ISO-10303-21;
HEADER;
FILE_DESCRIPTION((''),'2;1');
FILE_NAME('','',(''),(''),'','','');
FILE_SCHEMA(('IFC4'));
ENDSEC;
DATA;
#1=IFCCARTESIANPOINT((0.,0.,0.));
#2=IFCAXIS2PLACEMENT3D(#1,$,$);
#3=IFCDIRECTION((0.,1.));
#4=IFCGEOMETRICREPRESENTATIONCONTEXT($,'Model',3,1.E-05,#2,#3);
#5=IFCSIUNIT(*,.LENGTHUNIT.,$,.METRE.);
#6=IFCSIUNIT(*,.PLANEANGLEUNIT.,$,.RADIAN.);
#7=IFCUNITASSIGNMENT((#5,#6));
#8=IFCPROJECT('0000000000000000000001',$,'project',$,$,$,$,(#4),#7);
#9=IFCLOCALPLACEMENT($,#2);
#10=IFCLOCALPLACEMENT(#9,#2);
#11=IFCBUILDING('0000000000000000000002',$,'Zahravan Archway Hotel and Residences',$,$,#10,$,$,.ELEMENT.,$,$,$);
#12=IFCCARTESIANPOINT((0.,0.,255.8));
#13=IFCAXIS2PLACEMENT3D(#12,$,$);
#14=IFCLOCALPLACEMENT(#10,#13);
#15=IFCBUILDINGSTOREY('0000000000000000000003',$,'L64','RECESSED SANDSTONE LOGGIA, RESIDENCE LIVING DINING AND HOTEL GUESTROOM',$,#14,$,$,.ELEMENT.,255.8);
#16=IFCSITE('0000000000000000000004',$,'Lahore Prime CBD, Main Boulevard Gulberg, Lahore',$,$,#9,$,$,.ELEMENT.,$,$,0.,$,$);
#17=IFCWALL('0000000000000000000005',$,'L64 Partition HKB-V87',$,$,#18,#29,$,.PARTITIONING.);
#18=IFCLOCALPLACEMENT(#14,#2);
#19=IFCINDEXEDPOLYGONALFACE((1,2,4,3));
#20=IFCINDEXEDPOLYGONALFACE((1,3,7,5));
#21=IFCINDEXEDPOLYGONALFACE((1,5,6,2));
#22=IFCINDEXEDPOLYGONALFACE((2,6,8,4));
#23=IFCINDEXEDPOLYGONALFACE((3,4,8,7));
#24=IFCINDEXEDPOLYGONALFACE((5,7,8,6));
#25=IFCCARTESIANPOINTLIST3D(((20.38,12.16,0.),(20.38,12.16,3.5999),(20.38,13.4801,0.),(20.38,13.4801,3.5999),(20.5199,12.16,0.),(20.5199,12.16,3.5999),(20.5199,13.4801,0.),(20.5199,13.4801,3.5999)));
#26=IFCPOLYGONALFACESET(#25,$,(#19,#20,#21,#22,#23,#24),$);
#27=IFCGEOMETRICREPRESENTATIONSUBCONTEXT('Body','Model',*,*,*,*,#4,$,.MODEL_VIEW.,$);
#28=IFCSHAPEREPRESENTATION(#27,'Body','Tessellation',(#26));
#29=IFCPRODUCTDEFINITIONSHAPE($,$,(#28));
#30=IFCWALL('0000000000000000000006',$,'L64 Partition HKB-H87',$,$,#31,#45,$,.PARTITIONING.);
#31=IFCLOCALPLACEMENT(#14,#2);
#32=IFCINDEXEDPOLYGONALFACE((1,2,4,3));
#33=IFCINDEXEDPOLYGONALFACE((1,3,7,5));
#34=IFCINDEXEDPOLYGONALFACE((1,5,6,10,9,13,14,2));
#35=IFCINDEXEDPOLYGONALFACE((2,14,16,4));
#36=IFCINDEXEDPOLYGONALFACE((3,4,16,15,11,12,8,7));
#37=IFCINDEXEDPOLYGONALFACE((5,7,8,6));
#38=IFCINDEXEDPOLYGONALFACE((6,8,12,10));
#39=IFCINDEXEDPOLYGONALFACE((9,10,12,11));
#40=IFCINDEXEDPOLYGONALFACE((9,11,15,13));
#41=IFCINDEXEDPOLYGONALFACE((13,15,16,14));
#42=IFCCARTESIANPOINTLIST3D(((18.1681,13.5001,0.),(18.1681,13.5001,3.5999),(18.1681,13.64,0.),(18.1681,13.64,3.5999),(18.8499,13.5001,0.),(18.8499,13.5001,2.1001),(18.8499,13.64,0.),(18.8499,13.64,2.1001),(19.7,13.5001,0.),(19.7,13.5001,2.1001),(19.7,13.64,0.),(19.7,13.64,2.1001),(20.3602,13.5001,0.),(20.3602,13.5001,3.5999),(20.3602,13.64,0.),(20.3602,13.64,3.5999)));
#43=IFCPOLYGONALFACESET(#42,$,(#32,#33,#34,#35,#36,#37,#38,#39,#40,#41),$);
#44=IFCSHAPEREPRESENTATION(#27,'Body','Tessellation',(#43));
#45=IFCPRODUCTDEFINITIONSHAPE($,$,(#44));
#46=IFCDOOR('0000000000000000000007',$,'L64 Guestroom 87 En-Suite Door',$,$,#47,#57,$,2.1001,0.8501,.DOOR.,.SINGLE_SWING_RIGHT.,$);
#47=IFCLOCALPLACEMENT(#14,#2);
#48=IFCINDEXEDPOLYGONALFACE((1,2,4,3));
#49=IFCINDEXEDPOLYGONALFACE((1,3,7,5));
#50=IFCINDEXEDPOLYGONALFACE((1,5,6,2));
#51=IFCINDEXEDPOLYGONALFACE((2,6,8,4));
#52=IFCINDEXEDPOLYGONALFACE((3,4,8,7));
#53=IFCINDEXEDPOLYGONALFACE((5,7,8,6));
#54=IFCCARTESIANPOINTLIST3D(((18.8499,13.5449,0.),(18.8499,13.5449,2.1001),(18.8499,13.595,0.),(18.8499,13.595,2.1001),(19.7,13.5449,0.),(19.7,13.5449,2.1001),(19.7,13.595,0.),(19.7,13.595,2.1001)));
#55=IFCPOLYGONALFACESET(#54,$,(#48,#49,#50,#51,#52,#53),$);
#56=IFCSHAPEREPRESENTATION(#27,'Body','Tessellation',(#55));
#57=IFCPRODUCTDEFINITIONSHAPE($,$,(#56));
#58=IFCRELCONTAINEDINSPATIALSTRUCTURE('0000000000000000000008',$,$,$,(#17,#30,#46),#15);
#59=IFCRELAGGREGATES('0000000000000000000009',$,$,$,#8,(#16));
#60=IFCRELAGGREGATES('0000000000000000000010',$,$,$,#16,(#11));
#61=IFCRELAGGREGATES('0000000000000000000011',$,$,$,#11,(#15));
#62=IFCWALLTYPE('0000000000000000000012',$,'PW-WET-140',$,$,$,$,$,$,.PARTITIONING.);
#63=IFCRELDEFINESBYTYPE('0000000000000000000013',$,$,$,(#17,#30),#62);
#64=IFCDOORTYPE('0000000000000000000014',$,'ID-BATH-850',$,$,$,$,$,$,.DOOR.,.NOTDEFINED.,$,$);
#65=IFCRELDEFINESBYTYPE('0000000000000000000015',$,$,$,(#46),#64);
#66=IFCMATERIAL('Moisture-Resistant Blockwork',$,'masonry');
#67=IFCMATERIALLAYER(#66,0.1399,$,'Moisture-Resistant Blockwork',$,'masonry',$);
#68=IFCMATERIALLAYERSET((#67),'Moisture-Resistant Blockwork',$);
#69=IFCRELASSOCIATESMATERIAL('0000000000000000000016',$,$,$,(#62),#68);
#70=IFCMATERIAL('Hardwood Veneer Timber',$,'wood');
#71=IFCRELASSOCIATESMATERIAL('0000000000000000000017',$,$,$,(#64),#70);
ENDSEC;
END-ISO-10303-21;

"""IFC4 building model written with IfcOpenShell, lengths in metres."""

from ifc_helpers import new_model, si_unit, direction, frame, frame_2d, origin, place, context, subcontext, project, spatial, rectangle, extrude, source, transform, mapped, material, layer, layer_set, type_object, type_shapes, element, fill, save


model = new_model("IFC4")

# Units and contexts
model_context = context("Model", 3, precision=1e-05, world=origin(), true_north=direction((0.0, 1.0)))
body_context = subcontext(model_context, "Body", "Model", "MODEL_VIEW")
ifc_project = project(units=[si_unit("LENGTHUNIT", "METRE"), si_unit("PLANEANGLEUNIT", "RADIAN")], contexts=[model_context])

# Site, building, storey
site_placement = place(None, origin())
site = spatial("IfcSite", under=ifc_project, at=site_placement, Name="Lahore Prime CBD, Main Boulevard Gulberg, Lahore", CompositionType="ELEMENT", RefElevation=0.0)
building_placement = place(site_placement, origin())
building = spatial("IfcBuilding", under=site, at=building_placement, Name="Zahravan Archway Hotel and Residences", CompositionType="ELEMENT")
storey_placement = place(building_placement, frame((0.0, 0.0, 255.8)))
storey = spatial("IfcBuildingStorey", under=building, at=storey_placement, Name="L64", Description="RECESSED SANDSTONE LOGGIA, RESIDENCE LIVING DINING AND HOTEL GUESTROOM", CompositionType="ELEMENT", Elevation=255.8)

# Wall
ifc_material_1 = material(Name="Moisture-Resistant Blockwork", Category="masonry")
ifc_layer_1 = layer(ifc_material_1, 0.1399, Name="Moisture-Resistant Blockwork", Category="masonry")
ifc_layer_set_1 = layer_set([ifc_layer_1], Name="Moisture-Resistant Blockwork")
wall_type_1 = type_object("IfcWallType", Name="PW-WET-140", PredefinedType="PARTITIONING", material=ifc_layer_set_1)
wall_1_placement = place(storey_placement, frame((20.45, 12.1599, 0.0), z_axis=(0.0, 0.0, 1.0), x_axis=(0.0, 1.0, 0.0)))
element("IfcWall", 1, at=wall_1_placement, inside=storey, type_object=wall_type_1, Name="L64 Partition HKB-V87", PredefinedType="PARTITIONING", context=body_context, shape_type="SweptSolid", body=[
    extrude(rectangle(XDim=1.3201, YDim=0.1399, at=frame_2d((0.6602, 0.0))), origin(), (0.0, 0.0, 1.0), 3.5999),
])

# Wall, opening, door
wall_2_placement = place(storey_placement, frame((18.168, 13.5701, 0.0), z_axis=(0.0, 0.0, 1.0), x_axis=(1.0, 0.0, 0.0)))
wall_2 = element("IfcWall", 2, at=wall_2_placement, inside=storey, type_object=wall_type_1, Name="L64 Partition HKB-H87", PredefinedType="PARTITIONING", context=body_context, shape_type="SweptSolid", body=[
    extrude(rectangle(XDim=2.1921, YDim=0.1399, at=frame_2d((1.0962, 0.0))), origin(), (0.0, 0.0, 1.0), 3.5999),
])
opening_1_placement = place(wall_2_placement, frame((0.6819, 0.0, 0.0)))
opening_1 = element("IfcOpeningElement", 3, at=opening_1_placement, cuts=wall_2, PredefinedType="OPENING", context=body_context, shape_type="SweptSolid", body=[
    extrude(rectangle(XDim=0.8501, YDim=2.1001, at=frame_2d((0.425, 1.05))), frame((0.0, 0.0801, 0.0), z_axis=(0.0, -1.0, 0.0), x_axis=(1.0, 0.0, 0.0)), (0.0, 0.0, 1.0), 0.1599),
])
ifc_material_2 = material(Name="Hardwood Veneer Timber", Category="wood")
door_type_1 = type_object("IfcDoorType", Name="ID-BATH-850", OperationType="NOTDEFINED", PredefinedType="DOOR", material=ifc_material_2)
shared_shape_1 = source(origin(), body_context, "Body", "SweptSolid", [
    extrude(rectangle(XDim=0.8501, YDim=2.1001, at=frame_2d((0.425, 1.05))), frame((0.0, 0.0249, 0.0), z_axis=(0.0, -1.0, 0.0), x_axis=(1.0, 0.0, 0.0)), (0.0, 0.0, 1.0), 0.05),
])
type_shapes(door_type_1, [shared_shape_1])
door_1_placement = place(opening_1_placement, origin())
door_1 = element("IfcDoor", 4, at=door_1_placement, inside=storey, type_object=door_type_1, Name="L64 Guestroom 87 En-Suite Door", OperationType="SINGLE_SWING_RIGHT", OverallHeight=2.1001, OverallWidth=0.8501, PredefinedType="DOOR", context=body_context, shape_type="MappedRepresentation", body=[
    mapped(shared_shape_1, transform((0.0, 0.0, 0.0), scale=1.0)),
])
fill(opening_1, door_1)

save(model, "model.ifc")
